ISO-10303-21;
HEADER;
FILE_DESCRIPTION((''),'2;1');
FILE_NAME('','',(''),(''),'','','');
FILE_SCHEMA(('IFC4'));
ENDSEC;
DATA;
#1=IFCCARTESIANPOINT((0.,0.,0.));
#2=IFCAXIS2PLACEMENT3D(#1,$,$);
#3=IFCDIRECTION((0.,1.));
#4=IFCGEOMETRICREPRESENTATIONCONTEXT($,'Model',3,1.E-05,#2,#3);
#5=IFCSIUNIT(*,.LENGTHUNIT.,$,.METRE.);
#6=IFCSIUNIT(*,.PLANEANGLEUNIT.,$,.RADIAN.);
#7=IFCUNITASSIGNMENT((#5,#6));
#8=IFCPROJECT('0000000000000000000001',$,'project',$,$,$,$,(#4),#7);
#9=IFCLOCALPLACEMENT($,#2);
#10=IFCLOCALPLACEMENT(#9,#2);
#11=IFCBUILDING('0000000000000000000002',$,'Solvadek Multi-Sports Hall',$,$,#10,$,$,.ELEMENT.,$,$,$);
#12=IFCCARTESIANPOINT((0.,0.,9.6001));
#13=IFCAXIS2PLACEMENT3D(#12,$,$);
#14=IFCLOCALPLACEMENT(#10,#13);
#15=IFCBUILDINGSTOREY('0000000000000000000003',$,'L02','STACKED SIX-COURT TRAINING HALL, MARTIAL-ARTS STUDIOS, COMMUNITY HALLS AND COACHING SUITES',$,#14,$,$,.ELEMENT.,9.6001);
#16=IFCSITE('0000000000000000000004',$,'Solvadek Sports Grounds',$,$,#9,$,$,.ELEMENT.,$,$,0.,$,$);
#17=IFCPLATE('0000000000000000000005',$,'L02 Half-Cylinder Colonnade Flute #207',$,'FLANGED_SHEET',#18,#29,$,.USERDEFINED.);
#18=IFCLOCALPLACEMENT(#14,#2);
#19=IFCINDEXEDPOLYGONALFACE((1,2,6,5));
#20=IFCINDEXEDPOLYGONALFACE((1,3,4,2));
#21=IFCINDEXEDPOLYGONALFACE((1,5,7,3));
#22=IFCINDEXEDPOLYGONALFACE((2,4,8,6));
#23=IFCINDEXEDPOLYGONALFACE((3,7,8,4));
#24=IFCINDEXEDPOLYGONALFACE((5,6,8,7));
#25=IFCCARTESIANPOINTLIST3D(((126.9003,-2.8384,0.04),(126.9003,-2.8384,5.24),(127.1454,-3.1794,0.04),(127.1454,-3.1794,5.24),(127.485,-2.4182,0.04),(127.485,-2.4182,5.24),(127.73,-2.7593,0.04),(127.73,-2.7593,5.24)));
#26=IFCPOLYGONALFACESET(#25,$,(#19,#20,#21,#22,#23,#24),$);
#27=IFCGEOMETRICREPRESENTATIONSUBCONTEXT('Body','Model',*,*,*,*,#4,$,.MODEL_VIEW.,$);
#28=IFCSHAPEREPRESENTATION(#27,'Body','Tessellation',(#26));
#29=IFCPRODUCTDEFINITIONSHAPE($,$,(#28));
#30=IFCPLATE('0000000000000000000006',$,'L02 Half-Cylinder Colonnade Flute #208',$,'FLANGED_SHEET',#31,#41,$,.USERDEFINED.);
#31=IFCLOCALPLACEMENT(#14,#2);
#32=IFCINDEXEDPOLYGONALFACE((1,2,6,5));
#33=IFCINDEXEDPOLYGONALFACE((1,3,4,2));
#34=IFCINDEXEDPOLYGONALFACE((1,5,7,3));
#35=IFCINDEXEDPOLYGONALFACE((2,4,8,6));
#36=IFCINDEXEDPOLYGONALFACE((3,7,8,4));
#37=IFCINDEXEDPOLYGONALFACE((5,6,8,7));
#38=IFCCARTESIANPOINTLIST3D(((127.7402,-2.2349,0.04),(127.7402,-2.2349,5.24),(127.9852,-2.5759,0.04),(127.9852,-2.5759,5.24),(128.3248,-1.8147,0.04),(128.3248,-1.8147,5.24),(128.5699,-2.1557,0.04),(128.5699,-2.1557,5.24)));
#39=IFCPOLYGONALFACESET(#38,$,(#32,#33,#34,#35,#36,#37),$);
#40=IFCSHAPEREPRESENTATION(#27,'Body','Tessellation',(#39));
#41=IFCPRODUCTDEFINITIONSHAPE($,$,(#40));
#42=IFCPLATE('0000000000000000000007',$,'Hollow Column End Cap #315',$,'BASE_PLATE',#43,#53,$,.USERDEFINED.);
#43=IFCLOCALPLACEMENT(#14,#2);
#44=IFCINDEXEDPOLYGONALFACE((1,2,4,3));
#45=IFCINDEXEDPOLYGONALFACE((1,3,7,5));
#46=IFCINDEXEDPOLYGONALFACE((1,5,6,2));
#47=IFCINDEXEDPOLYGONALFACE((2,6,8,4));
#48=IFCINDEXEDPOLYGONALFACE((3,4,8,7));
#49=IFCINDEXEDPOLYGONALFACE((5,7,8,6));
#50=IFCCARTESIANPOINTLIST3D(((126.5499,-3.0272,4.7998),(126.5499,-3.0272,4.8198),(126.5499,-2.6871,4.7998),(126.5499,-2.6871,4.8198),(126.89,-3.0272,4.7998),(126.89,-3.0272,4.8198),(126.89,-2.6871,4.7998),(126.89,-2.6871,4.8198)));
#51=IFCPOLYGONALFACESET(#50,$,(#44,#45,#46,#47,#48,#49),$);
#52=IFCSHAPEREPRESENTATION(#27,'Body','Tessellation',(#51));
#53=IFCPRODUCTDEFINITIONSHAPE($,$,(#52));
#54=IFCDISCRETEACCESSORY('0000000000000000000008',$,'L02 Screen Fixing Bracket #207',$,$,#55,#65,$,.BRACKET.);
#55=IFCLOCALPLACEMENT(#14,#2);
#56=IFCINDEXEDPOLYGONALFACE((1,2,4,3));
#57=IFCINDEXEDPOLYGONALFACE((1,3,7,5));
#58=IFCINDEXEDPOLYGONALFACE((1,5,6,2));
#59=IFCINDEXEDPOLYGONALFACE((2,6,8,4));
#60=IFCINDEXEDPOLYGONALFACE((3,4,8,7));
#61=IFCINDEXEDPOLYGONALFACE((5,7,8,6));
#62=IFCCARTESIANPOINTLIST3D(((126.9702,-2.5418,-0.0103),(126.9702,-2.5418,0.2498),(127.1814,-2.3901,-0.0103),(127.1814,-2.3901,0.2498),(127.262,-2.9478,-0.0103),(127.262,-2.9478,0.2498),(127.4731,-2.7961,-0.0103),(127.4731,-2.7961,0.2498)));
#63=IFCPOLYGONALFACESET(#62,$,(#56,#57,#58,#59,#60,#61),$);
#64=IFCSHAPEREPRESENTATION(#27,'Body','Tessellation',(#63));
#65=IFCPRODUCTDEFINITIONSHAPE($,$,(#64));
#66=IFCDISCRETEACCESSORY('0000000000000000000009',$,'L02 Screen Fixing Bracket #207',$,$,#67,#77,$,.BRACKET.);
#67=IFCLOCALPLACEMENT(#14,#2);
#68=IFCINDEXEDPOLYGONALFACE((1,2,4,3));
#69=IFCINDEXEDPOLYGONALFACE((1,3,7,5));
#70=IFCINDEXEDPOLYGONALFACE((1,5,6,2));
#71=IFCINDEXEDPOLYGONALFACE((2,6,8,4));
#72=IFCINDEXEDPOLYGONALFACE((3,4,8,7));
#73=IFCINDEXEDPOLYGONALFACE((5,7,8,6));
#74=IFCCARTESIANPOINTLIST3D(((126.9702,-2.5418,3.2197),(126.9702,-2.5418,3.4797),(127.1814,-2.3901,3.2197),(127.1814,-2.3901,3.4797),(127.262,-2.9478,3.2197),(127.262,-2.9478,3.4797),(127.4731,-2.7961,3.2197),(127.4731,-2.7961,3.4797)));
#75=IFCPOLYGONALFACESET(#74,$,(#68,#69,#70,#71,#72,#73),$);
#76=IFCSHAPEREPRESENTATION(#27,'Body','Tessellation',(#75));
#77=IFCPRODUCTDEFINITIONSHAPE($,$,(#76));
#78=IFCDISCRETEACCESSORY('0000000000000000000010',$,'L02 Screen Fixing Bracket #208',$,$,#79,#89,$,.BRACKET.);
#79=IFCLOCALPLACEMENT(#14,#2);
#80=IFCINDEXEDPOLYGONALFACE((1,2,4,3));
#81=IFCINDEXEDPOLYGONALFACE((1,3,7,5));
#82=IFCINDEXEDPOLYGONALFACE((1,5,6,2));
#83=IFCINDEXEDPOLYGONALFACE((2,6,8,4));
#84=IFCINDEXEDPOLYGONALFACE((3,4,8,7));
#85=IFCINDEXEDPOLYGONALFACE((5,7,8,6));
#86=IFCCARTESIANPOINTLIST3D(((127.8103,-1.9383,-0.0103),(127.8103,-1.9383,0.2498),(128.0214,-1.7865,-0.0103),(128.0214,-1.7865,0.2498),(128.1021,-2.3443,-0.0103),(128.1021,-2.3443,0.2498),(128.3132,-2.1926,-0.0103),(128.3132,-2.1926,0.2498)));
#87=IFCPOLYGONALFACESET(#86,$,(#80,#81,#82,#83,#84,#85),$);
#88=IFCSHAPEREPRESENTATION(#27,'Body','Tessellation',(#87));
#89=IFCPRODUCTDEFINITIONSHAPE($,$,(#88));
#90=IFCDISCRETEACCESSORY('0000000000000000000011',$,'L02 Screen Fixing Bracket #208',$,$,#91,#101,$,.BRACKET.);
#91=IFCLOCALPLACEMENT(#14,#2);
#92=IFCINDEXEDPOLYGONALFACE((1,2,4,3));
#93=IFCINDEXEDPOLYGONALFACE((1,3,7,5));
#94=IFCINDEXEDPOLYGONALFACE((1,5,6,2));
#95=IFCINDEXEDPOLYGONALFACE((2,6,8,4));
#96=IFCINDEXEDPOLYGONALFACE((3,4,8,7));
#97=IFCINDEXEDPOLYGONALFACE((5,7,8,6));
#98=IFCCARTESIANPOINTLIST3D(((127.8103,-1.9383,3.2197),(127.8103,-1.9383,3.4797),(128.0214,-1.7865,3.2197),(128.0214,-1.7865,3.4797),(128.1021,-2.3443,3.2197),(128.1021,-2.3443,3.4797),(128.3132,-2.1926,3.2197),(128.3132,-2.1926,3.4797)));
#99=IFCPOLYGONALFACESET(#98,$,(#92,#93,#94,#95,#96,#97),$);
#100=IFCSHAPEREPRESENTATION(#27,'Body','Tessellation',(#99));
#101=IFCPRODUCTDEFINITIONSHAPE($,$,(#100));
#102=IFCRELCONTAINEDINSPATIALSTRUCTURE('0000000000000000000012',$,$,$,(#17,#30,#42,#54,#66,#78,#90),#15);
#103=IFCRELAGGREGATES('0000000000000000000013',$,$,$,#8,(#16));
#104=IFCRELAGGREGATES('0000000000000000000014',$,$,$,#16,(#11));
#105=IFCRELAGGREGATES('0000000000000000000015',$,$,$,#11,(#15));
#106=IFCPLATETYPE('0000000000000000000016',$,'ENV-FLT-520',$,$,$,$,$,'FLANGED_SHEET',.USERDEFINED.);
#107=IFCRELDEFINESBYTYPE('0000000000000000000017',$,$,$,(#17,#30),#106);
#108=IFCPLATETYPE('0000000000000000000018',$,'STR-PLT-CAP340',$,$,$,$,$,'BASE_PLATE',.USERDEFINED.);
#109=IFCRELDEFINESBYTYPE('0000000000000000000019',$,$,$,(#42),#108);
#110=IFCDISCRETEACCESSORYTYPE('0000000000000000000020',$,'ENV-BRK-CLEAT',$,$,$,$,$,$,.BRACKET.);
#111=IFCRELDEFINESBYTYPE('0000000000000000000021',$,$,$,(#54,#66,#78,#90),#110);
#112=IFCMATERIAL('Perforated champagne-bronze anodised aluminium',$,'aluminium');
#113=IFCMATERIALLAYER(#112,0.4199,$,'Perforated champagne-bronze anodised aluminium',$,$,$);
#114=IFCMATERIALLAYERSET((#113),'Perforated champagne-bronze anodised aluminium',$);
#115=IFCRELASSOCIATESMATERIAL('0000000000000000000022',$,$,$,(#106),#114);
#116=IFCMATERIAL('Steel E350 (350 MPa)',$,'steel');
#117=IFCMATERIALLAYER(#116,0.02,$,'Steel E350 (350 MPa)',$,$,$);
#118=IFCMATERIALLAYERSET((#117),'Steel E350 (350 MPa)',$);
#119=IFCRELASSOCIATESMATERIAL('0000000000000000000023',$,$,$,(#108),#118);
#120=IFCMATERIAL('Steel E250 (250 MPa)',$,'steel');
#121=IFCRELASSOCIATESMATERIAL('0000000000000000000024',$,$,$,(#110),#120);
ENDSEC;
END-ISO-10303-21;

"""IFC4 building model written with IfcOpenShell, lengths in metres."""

from ifc_helpers import new_model, si_unit, direction, frame, origin, origin_2d, place, context, subcontext, project, spatial, rectangle, extrude, material, layer, layer_set, type_object, element, save


model = new_model("IFC4")

# Units and contexts
model_context = context("Model", 3, precision=1e-05, world=origin(), true_north=direction((0.0, 1.0)))
body_context = subcontext(model_context, "Body", "Model", "MODEL_VIEW")
ifc_project = project(units=[si_unit("LENGTHUNIT", "METRE"), si_unit("PLANEANGLEUNIT", "RADIAN")], contexts=[model_context])

# Site, building, storey
site_placement = place(None, origin())
site = spatial("IfcSite", under=ifc_project, at=site_placement, Name="Solvadek Sports Grounds", CompositionType="ELEMENT", RefElevation=0.0)
building_placement = place(site_placement, origin())
building = spatial("IfcBuilding", under=site, at=building_placement, Name="Solvadek Multi-Sports Hall", CompositionType="ELEMENT")
storey_placement = place(building_placement, frame((0.0, 0.0, 9.6001)))
storey = spatial("IfcBuildingStorey", under=building, at=storey_placement, Name="L02", Description="STACKED SIX-COURT TRAINING HALL, MARTIAL-ARTS STUDIOS, COMMUNITY HALLS AND COACHING SUITES", CompositionType="ELEMENT", Elevation=9.6001)

# Shared definitions
ifc_material_1 = material(Name="Steel E350 (350 MPa)", Category="steel")

# Shared definitions
ifc_material_2 = material(Name="Steel E250 (250 MPa)", Category="steel")

# Plates
ifc_material_3 = material(Name="Perforated champagne-bronze anodised aluminium", Category="aluminium")
ifc_layer_1 = layer(ifc_material_3, 0.4199, Name="Perforated champagne-bronze anodised aluminium")
ifc_layer_set_1 = layer_set([ifc_layer_1], Name="Perforated champagne-bronze anodised aluminium")
plate_type_1 = type_object("IfcPlateType", Name="ENV-FLT-520", ElementType="FLANGED_SHEET", PredefinedType="USERDEFINED", material=ifc_layer_set_1)
for number, where, z_axis, x_axis, name in (
    (1, (127.3152, -2.7988, 0.04), (0.0, 0.0, 1.0), (0.812061, 0.583572, 0.0), "L02 Half-Cylinder Colonnade Flute #207"),
    (2, (128.155, -2.1953, 0.04), (0.0, 0.0, 1.0), (0.812061, 0.583572, 0.0), "L02 Half-Cylinder Colonnade Flute #208"),
):
    element("IfcPlate", number, at=place(storey_placement, frame(where, z_axis=z_axis, x_axis=x_axis)), inside=storey, type_object=plate_type_1, Name=name, ObjectType="FLANGED_SHEET", PredefinedType="USERDEFINED", context=body_context, shape_type="SweptSolid", body=[
        extrude(rectangle(XDim=0.72, YDim=0.4199, at=origin_2d()), origin(), (0.0, 0.0, 1.0), 5.2),
    ])
ifc_layer_2 = layer(ifc_material_1, 0.02, Name="Steel E350 (350 MPa)")
ifc_layer_set_2 = layer_set([ifc_layer_2], Name="Steel E350 (350 MPa)")
plate_type_2 = type_object("IfcPlateType", Name="STR-PLT-CAP340", ElementType="BASE_PLATE", PredefinedType="USERDEFINED", material=ifc_layer_set_2)
plate_1_placement = place(storey_placement, frame((126.72, -2.8572, 4.7998), z_axis=(0.0, 0.0, 1.0), x_axis=(1.0, 0.0, 0.0)))
element("IfcPlate", 3, at=plate_1_placement, inside=storey, type_object=plate_type_2, Name="Hollow Column End Cap #315", ObjectType="BASE_PLATE", PredefinedType="USERDEFINED", context=body_context, shape_type="SweptSolid", body=[
    extrude(rectangle(XDim=0.3401, YDim=0.3401, at=origin_2d()), origin(), (0.0, 0.0, 1.0), 0.02),
])

# Discrete accessories
discrete_accessory_type = type_object("IfcDiscreteAccessoryType", Name="ENV-BRK-CLEAT", PredefinedType="BRACKET", material=ifc_material_2)
for number, where, z_axis, x_axis, name in (
    (4, (127.2217, -2.6689, -0.0103), (0.0, 0.0, 1.0), (0.812061, 0.583572, 0.0), "L02 Screen Fixing Bracket #207"),
    (5, (127.2217, -2.6689, 3.2197), (0.0, 0.0, 1.0), (0.812061, 0.583572, 0.0), "L02 Screen Fixing Bracket #207"),
    (6, (128.0618, -2.0654, -0.0103), (0.0, 0.0, 1.0), (0.812061, 0.583572, 0.0), "L02 Screen Fixing Bracket #208"),
    (7, (128.0618, -2.0654, 3.2197), (0.0, 0.0, 1.0), (0.812061, 0.583572, 0.0), "L02 Screen Fixing Bracket #208"),
):
    element("IfcDiscreteAccessory", number, at=place(storey_placement, frame(where, z_axis=z_axis, x_axis=x_axis)), inside=storey, type_object=discrete_accessory_type, Name=name, PredefinedType="BRACKET", context=body_context, shape_type="SweptSolid", body=[
        extrude(rectangle(XDim=0.26, YDim=0.5, at=origin_2d()), origin(), (0.0, 0.0, 1.0), 0.26),
    ])

save(model, "model.ifc")
